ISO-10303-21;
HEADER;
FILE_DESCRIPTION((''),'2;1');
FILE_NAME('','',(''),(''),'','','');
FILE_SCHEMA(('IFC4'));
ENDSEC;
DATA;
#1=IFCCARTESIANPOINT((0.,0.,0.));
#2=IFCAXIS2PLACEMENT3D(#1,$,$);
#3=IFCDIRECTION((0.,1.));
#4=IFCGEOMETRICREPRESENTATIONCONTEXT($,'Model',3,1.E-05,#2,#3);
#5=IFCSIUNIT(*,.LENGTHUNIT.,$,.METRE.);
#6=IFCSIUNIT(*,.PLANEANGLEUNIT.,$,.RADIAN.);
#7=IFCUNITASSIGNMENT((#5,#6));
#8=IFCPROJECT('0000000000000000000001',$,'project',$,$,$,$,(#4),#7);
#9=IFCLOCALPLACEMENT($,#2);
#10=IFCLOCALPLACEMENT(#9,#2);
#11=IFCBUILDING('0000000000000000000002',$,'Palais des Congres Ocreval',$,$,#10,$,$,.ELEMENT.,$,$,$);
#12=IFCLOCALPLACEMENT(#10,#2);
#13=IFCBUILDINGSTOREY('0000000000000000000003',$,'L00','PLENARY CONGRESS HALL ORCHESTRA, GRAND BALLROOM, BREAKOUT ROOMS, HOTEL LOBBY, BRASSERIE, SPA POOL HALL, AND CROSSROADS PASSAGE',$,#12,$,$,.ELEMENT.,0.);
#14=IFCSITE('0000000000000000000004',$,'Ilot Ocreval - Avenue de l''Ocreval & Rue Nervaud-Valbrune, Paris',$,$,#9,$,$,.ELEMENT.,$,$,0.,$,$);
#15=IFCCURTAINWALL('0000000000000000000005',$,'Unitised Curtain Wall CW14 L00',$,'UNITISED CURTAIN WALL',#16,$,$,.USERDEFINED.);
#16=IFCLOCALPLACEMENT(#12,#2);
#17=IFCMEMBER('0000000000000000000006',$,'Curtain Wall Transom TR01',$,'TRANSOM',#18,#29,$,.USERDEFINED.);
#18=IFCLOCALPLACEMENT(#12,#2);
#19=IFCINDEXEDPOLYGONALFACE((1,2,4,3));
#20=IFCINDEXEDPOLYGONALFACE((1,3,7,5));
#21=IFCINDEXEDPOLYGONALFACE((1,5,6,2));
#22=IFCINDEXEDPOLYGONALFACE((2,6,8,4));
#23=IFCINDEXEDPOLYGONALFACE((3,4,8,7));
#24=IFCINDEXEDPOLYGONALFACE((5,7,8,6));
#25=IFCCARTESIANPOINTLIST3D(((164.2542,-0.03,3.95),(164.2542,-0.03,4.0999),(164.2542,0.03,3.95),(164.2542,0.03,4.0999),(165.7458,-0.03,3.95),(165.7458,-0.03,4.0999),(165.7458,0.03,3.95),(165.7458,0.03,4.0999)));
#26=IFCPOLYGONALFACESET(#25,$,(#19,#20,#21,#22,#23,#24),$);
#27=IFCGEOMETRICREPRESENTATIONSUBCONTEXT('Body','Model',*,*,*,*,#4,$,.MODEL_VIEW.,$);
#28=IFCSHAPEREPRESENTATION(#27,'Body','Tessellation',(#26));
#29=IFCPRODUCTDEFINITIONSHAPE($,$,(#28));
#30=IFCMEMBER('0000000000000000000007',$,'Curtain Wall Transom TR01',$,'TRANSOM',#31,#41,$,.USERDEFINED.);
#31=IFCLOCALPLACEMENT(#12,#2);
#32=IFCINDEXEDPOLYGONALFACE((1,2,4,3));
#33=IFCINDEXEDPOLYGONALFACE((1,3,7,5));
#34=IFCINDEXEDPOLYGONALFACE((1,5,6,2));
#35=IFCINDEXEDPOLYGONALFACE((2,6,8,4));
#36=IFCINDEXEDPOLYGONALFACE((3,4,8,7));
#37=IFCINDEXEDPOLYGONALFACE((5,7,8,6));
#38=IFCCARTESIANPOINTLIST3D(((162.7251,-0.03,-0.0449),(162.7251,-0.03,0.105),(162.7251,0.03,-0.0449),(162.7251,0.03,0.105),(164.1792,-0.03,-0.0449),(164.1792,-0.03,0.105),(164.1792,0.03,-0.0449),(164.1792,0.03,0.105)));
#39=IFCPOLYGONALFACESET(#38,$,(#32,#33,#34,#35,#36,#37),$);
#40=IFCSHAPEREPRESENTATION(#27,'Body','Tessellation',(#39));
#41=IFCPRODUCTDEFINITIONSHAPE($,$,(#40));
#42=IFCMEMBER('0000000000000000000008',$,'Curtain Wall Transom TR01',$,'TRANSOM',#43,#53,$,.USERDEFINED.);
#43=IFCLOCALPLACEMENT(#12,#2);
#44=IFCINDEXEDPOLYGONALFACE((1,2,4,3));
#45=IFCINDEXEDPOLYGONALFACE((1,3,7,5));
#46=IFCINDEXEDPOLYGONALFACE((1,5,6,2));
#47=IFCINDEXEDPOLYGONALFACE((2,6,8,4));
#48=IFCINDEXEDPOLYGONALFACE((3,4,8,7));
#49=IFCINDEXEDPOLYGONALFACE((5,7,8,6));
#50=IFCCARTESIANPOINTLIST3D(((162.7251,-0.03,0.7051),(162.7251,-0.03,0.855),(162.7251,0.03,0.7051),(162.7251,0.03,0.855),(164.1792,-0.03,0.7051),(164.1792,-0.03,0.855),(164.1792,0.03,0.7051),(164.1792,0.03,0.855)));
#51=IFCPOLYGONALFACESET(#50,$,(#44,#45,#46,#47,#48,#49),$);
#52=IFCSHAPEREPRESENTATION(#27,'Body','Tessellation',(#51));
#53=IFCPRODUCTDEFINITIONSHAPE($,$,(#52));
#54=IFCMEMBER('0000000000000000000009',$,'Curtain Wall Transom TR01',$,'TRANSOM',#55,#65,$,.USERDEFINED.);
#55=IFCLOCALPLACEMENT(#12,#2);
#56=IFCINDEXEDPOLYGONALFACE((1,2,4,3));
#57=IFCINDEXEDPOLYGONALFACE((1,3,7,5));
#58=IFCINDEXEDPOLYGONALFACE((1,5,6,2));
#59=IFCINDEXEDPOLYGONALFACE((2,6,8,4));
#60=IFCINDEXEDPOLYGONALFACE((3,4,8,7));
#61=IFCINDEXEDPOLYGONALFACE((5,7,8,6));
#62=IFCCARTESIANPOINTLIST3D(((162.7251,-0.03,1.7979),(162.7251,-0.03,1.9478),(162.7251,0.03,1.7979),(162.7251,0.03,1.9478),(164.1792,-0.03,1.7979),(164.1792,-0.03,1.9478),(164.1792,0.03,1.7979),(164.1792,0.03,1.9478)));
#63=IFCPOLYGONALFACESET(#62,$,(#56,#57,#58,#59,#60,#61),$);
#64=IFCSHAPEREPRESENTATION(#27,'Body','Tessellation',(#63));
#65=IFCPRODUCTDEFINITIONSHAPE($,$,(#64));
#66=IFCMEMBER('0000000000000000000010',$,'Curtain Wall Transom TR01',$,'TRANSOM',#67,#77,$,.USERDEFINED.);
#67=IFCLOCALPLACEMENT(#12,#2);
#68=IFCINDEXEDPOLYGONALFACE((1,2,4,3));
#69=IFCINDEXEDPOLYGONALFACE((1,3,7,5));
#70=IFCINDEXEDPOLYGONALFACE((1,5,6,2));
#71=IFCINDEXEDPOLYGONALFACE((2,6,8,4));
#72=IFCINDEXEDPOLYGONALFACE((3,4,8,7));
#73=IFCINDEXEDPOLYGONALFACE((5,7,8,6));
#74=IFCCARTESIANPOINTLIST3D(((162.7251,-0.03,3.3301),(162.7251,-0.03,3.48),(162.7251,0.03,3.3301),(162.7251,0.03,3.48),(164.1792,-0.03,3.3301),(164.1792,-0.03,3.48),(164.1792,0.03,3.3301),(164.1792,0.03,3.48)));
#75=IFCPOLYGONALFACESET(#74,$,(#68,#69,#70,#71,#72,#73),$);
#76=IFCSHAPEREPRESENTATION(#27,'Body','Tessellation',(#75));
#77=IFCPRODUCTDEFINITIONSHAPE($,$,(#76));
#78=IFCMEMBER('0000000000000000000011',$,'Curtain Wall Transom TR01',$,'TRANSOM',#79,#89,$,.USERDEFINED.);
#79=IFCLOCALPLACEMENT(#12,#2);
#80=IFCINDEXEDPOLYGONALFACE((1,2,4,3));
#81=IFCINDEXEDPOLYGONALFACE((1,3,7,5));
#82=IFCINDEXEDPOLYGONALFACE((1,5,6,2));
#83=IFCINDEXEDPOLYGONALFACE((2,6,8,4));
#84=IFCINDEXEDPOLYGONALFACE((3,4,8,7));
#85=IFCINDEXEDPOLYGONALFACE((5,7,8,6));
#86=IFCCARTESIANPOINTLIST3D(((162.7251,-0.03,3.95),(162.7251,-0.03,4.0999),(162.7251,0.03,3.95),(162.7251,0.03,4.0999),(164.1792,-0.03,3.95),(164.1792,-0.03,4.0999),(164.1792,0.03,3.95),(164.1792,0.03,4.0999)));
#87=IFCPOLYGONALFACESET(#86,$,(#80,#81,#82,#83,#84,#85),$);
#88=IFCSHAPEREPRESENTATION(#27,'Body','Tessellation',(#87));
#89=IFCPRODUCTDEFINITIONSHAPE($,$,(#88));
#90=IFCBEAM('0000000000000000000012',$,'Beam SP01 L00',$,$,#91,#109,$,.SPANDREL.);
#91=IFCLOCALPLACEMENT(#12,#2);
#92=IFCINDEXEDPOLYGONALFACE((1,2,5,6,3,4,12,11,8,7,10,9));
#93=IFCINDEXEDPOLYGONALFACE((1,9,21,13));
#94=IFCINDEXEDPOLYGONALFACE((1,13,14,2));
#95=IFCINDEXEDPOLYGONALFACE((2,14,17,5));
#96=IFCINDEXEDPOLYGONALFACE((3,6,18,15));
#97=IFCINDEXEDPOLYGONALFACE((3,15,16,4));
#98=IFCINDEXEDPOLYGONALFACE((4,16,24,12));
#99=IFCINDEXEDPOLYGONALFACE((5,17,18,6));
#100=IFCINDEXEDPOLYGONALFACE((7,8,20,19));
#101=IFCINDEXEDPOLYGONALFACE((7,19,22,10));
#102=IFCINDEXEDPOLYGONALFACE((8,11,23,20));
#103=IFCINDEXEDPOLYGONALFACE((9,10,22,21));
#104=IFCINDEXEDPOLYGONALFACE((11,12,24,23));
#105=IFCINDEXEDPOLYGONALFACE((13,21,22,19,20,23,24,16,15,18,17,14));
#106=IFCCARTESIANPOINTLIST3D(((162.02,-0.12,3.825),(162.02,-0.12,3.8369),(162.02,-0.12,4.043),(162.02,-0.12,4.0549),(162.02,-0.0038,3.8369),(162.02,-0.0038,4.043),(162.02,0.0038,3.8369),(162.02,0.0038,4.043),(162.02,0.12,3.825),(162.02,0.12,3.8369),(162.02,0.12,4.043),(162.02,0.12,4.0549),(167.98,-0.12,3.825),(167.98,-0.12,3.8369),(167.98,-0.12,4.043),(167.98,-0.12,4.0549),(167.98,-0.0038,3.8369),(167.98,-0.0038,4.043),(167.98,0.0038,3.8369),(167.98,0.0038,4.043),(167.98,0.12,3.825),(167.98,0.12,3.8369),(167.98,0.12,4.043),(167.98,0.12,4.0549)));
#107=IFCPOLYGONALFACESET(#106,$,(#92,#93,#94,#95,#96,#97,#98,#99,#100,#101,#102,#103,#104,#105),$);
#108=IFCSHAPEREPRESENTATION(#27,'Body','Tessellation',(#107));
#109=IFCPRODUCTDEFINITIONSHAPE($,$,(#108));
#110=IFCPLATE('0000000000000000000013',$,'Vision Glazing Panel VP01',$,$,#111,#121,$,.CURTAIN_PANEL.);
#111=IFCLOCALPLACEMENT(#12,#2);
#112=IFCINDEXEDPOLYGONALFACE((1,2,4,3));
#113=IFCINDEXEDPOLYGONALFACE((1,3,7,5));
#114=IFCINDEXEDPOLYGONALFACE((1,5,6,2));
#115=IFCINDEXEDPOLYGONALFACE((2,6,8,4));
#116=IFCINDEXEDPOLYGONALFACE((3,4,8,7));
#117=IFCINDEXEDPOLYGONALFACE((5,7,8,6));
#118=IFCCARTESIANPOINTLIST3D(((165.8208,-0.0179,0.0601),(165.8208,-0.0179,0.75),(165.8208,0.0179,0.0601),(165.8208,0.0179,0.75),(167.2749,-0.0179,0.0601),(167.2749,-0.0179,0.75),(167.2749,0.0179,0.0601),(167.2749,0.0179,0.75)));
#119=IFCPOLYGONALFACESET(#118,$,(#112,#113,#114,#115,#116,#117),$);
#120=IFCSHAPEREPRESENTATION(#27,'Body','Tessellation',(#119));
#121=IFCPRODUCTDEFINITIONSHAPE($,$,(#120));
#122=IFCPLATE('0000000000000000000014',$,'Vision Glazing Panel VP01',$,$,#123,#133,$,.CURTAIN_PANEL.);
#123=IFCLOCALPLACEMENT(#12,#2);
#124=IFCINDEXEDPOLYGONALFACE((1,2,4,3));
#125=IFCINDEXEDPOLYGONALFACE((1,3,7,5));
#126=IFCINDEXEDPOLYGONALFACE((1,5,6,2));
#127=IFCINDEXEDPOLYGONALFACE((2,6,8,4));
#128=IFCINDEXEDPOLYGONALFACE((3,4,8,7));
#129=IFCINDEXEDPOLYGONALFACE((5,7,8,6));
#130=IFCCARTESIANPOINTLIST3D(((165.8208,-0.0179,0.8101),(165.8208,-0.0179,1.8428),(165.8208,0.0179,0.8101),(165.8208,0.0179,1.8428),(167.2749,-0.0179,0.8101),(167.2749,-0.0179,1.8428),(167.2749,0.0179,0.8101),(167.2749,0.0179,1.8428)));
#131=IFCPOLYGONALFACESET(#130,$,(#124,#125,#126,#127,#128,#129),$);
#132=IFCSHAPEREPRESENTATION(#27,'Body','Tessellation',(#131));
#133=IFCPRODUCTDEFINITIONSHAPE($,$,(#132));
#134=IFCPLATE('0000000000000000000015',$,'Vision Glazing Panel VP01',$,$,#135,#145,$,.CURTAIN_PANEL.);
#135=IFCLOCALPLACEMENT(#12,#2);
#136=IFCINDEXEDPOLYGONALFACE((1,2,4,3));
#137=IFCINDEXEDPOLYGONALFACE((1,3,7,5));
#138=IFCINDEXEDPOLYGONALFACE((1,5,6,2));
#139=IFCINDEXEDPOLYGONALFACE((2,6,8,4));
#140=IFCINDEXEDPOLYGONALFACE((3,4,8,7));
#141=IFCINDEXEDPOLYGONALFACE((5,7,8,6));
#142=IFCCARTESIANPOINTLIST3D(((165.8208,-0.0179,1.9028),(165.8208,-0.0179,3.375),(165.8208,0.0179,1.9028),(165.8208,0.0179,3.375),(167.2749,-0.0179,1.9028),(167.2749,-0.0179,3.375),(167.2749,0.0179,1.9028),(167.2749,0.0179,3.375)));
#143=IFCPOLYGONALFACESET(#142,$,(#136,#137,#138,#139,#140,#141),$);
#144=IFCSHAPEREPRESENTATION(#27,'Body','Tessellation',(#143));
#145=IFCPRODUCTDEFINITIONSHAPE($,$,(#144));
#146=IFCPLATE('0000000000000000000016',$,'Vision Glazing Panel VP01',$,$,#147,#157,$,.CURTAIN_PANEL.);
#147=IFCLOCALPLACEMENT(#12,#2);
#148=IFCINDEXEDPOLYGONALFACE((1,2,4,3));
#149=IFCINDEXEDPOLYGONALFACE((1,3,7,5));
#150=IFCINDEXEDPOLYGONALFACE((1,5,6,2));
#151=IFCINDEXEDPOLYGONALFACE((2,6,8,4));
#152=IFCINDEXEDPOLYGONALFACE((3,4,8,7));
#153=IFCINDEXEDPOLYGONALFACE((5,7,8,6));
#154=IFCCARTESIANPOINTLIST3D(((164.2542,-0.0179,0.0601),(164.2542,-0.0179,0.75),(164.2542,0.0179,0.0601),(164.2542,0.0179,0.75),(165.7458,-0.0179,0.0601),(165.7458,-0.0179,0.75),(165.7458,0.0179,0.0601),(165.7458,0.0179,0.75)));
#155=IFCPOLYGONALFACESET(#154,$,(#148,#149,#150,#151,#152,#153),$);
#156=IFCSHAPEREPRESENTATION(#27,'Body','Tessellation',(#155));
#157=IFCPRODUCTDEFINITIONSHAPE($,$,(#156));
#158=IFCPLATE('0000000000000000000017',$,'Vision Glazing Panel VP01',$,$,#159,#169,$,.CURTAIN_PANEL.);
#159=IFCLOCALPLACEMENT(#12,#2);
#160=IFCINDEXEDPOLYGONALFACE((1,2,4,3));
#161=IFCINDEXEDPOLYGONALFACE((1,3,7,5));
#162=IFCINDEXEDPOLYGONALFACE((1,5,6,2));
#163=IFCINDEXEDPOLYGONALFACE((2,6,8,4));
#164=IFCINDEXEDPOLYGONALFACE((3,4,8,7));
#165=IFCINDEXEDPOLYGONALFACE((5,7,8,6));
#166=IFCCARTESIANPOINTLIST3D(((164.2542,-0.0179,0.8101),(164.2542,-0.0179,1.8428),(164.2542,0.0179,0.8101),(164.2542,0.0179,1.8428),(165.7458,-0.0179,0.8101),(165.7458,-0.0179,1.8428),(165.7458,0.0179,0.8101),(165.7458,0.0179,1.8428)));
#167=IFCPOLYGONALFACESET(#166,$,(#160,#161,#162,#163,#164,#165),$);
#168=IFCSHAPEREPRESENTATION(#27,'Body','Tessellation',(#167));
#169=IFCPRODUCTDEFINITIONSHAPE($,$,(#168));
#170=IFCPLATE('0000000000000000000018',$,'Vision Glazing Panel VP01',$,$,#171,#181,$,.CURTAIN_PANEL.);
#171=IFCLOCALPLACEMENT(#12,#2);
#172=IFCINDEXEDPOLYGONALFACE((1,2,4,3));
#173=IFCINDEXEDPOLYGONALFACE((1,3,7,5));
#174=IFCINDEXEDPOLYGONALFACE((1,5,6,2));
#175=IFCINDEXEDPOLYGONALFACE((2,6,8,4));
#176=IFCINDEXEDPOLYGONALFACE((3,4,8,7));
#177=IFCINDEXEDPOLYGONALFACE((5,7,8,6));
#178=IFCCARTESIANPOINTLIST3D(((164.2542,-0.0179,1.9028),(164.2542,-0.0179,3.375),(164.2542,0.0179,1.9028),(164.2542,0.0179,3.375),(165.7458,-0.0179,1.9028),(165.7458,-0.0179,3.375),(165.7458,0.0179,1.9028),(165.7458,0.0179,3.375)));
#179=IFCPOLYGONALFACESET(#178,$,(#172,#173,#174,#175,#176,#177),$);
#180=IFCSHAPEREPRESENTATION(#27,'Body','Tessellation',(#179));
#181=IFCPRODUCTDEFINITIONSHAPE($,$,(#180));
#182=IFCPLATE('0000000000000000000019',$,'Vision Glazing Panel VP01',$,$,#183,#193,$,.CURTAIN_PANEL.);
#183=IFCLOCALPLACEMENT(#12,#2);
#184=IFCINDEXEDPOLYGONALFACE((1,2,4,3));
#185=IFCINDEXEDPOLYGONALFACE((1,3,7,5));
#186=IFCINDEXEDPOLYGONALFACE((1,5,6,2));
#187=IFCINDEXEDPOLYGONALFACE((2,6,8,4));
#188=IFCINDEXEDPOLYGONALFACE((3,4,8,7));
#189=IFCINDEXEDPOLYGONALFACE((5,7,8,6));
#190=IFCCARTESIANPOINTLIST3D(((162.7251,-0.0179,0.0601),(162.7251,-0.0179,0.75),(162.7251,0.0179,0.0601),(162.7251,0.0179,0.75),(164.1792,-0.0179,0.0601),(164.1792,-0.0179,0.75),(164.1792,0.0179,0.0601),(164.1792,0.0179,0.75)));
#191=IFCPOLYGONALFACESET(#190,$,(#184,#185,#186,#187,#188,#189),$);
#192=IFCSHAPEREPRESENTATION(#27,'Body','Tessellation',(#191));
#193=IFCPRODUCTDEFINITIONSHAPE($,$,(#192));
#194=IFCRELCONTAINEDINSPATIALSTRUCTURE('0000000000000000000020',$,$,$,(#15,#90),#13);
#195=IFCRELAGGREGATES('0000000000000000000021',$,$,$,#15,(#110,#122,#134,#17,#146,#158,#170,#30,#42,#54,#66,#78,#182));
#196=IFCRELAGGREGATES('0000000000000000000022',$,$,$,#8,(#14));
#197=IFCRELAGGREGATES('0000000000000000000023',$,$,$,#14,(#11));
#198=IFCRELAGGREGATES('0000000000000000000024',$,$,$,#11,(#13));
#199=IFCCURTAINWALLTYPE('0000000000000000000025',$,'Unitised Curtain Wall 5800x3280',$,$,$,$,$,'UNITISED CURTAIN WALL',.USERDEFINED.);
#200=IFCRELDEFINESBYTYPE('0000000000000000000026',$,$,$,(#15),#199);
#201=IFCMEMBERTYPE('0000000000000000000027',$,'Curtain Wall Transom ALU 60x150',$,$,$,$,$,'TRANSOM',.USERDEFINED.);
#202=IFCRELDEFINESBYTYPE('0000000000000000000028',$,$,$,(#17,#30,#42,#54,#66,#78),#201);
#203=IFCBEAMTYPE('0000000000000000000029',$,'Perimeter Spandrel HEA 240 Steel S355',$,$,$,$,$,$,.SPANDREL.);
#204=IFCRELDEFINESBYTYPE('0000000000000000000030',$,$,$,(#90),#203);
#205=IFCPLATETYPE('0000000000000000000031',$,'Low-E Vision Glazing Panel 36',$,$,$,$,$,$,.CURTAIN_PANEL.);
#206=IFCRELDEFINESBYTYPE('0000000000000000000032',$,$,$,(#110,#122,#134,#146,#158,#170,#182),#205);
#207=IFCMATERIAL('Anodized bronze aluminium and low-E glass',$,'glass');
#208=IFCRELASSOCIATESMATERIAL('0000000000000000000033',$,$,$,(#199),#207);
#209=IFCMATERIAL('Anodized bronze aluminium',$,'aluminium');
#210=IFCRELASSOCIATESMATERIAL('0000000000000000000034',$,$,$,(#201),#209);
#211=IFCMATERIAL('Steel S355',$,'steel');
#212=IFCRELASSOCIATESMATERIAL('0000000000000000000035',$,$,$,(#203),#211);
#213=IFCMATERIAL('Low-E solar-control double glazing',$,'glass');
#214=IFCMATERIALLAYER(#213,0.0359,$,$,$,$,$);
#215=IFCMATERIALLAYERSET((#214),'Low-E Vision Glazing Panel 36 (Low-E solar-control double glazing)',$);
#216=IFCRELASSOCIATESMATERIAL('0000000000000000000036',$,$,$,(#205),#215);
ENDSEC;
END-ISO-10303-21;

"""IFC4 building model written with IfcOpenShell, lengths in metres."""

from ifc_helpers import new_model, si_unit, direction, frame, origin, origin_2d, place, context, subcontext, project, spatial, rectangle, i_section, extrude, material, layer, layer_set, material_profile, profile_set, type_object, element, aggregate, save


model = new_model("IFC4")

# Units and contexts
model_context = context("Model", 3, precision=1e-05, world=origin(), true_north=direction((0.0, 1.0)))
body_context = subcontext(model_context, "Body", "Model", "MODEL_VIEW")
ifc_project = project(units=[si_unit("LENGTHUNIT", "METRE"), si_unit("PLANEANGLEUNIT", "RADIAN")], contexts=[model_context])

# Site, building, storey
site_placement = place(None, origin())
site = spatial("IfcSite", under=ifc_project, at=site_placement, Name="Ilot Ocreval - Avenue de l'Ocreval & Rue Nervaud-Valbrune, Paris", CompositionType="ELEMENT", RefElevation=0.0)
building_placement = place(site_placement, origin())
building = spatial("IfcBuilding", under=site, at=building_placement, Name="Palais des Congres Ocreval", CompositionType="ELEMENT")
storey_placement = place(building_placement, origin())
storey = spatial("IfcBuildingStorey", under=building, at=storey_placement, Name="L00", Description="PLENARY CONGRESS HALL ORCHESTRA, GRAND BALLROOM, BREAKOUT ROOMS, HOTEL LOBBY, BRASSERIE, SPA POOL HALL, AND CROSSROADS PASSAGE", CompositionType="ELEMENT", Elevation=0.0)

# Shared definitions
ifc_material_1 = material(Name="Steel S355", Category="steel")

# Curtain wall, members
ifc_material_2 = material(Name="Anodized bronze aluminium and low-E glass", Category="glass")
curtain_wall_type = type_object("IfcCurtainWallType", Name="Unitised Curtain Wall 5800x3280", ElementType="UNITISED CURTAIN WALL", PredefinedType="USERDEFINED", material=ifc_material_2)
curtain_wall_placement = place(storey_placement, origin())
curtain_wall = element("IfcCurtainWall", 1, at=curtain_wall_placement, inside=storey, type_object=curtain_wall_type, Name="Unitised Curtain Wall CW14 L00", ObjectType="UNITISED CURTAIN WALL", PredefinedType="USERDEFINED")
ifc_material_3 = material(Name="Anodized bronze aluminium", Category="aluminium")
ifc_material_profile_1 = material_profile(ifc_material_3, rectangle(XDim=0.0601, YDim=0.1499, at=origin_2d()), Name="ALU 60x150")
ifc_profile_set_1 = profile_set([ifc_material_profile_1], Name="Anodized bronze aluminium")
member_type_1 = type_object("IfcMemberType", Name="Curtain Wall Transom ALU 60x150", ElementType="TRANSOM", PredefinedType="USERDEFINED", material=ifc_profile_set_1)
member_1_placement = place(storey_placement, frame((165.7458, 0.0, 4.0249), z_axis=(-1.0, 0.0, 0.0), x_axis=(0.0, -1.0, 0.0)))
member_1 = element("IfcMember", 2, at=member_1_placement, type_object=member_type_1, Name="Curtain Wall Transom TR01", ObjectType="TRANSOM", PredefinedType="USERDEFINED", context=body_context, shape_type="SweptSolid", body=[
    extrude(rectangle(XDim=0.0601, YDim=0.1499, at=origin_2d()), origin(), (0.0, 0.0, 1.0), 1.4917),
])
member_2_placement = place(storey_placement, frame((164.1792, 0.0, 0.03), z_axis=(-1.0, 0.0, 0.0), x_axis=(0.0, -1.0, 0.0)))
member_2 = element("IfcMember", 3, at=member_2_placement, type_object=member_type_1, Name="Curtain Wall Transom TR01", ObjectType="TRANSOM", PredefinedType="USERDEFINED", context=body_context, shape_type="SweptSolid", body=[
    extrude(rectangle(XDim=0.0601, YDim=0.1499, at=origin_2d()), origin(), (0.0, 0.0, 1.0), 1.4541),
])
member_3_placement = place(storey_placement, frame((164.1792, 0.0, 0.78), z_axis=(-1.0, 0.0, 0.0), x_axis=(0.0, -1.0, 0.0)))
member_3 = element("IfcMember", 4, at=member_3_placement, type_object=member_type_1, Name="Curtain Wall Transom TR01", ObjectType="TRANSOM", PredefinedType="USERDEFINED", context=body_context, shape_type="SweptSolid", body=[
    extrude(rectangle(XDim=0.0601, YDim=0.1499, at=origin_2d()), origin(), (0.0, 0.0, 1.0), 1.4541),
])
member_4_placement = place(storey_placement, frame((164.1792, 0.0, 1.8728), z_axis=(-1.0, 0.0, 0.0), x_axis=(0.0, -1.0, 0.0)))
member_4 = element("IfcMember", 5, at=member_4_placement, type_object=member_type_1, Name="Curtain Wall Transom TR01", ObjectType="TRANSOM", PredefinedType="USERDEFINED", context=body_context, shape_type="SweptSolid", body=[
    extrude(rectangle(XDim=0.0601, YDim=0.1499, at=origin_2d()), origin(), (0.0, 0.0, 1.0), 1.4541),
])
member_5_placement = place(storey_placement, frame((164.1792, 0.0, 3.405), z_axis=(-1.0, 0.0, 0.0), x_axis=(0.0, -1.0, 0.0)))
member_5 = element("IfcMember", 6, at=member_5_placement, type_object=member_type_1, Name="Curtain Wall Transom TR01", ObjectType="TRANSOM", PredefinedType="USERDEFINED", context=body_context, shape_type="SweptSolid", body=[
    extrude(rectangle(XDim=0.0601, YDim=0.1499, at=origin_2d()), origin(), (0.0, 0.0, 1.0), 1.4541),
])
member_6_placement = place(storey_placement, frame((164.1792, 0.0, 4.0249), z_axis=(-1.0, 0.0, 0.0), x_axis=(0.0, -1.0, 0.0)))
member_6 = element("IfcMember", 7, at=member_6_placement, type_object=member_type_1, Name="Curtain Wall Transom TR01", ObjectType="TRANSOM", PredefinedType="USERDEFINED", context=body_context, shape_type="SweptSolid", body=[
    extrude(rectangle(XDim=0.0601, YDim=0.1499, at=origin_2d()), origin(), (0.0, 0.0, 1.0), 1.4541),
])

# Beam
ifc_material_profile_2 = material_profile(ifc_material_1, i_section(OverallWidth=0.24, OverallDepth=0.23, WebThickness=0.0076, FlangeThickness=0.012, at=origin_2d()), Name="HEA 240")
ifc_profile_set_2 = profile_set([ifc_material_profile_2], Name="Steel S355")
beam_type = type_object("IfcBeamType", Name="Perimeter Spandrel HEA 240 Steel S355", PredefinedType="SPANDREL", material=ifc_profile_set_2)
beam_placement = place(storey_placement, frame((162.02, 0.0, 3.9399), z_axis=(1.0, 0.0, 0.0), x_axis=(0.0, 1.0, 0.0)))
element("IfcBeam", 8, at=beam_placement, inside=storey, type_object=beam_type, Name="Beam SP01 L00", PredefinedType="SPANDREL", context=body_context, shape_type="SweptSolid", body=[
    extrude(i_section(OverallWidth=0.24, OverallDepth=0.23, WebThickness=0.0076, FlangeThickness=0.012, at=origin_2d()), origin(), (0.0, 0.0, 1.0), 5.96),
])

# Plates
ifc_material_4 = material(Name="Low-E solar-control double glazing", Category="glass")
ifc_layer_1 = layer(ifc_material_4, 0.0359)
ifc_layer_set_1 = layer_set([ifc_layer_1], Name="Low-E Vision Glazing Panel 36 (Low-E solar-control double glazing)")
plate_type_1 = type_object("IfcPlateType", Name="Low-E Vision Glazing Panel 36", PredefinedType="CURTAIN_PANEL", material=ifc_layer_set_1)
plate_1_placement = place(storey_placement, frame((166.5479, 0.0, 0.0601), z_axis=(0.0, 0.0, 1.0), x_axis=(-1.0, 0.0, 0.0)))
plate_1 = element("IfcPlate", 9, at=plate_1_placement, type_object=plate_type_1, Name="Vision Glazing Panel VP01", PredefinedType="CURTAIN_PANEL", context=body_context, shape_type="SweptSolid", body=[
    extrude(rectangle(XDim=1.4541, YDim=0.0359, at=origin_2d()), origin(), (0.0, 0.0, 1.0), 0.6899),
])
plate_2_placement = place(storey_placement, frame((166.5479, 0.0, 0.8101), z_axis=(0.0, 0.0, 1.0), x_axis=(-1.0, 0.0, 0.0)))
plate_2 = element("IfcPlate", 10, at=plate_2_placement, type_object=plate_type_1, Name="Vision Glazing Panel VP01", PredefinedType="CURTAIN_PANEL", context=body_context, shape_type="SweptSolid", body=[
    extrude(rectangle(XDim=1.4541, YDim=0.0359, at=origin_2d()), origin(), (0.0, 0.0, 1.0), 1.0327),
])
plate_3_placement = place(storey_placement, frame((166.5479, 0.0, 1.9028), z_axis=(0.0, 0.0, 1.0), x_axis=(-1.0, 0.0, 0.0)))
plate_3 = element("IfcPlate", 11, at=plate_3_placement, type_object=plate_type_1, Name="Vision Glazing Panel VP01", PredefinedType="CURTAIN_PANEL", context=body_context, shape_type="SweptSolid", body=[
    extrude(rectangle(XDim=1.4541, YDim=0.0359, at=origin_2d()), origin(), (0.0, 0.0, 1.0), 1.4722),
])
plate_4_placement = place(storey_placement, frame((165.0, 0.0, 0.0601), z_axis=(0.0, 0.0, 1.0), x_axis=(-1.0, 0.0, 0.0)))
plate_4 = element("IfcPlate", 12, at=plate_4_placement, type_object=plate_type_1, Name="Vision Glazing Panel VP01", PredefinedType="CURTAIN_PANEL", context=body_context, shape_type="SweptSolid", body=[
    extrude(rectangle(XDim=1.4917, YDim=0.0359, at=origin_2d()), origin(), (0.0, 0.0, 1.0), 0.6899),
])
plate_5_placement = place(storey_placement, frame((165.0, 0.0, 0.8101), z_axis=(0.0, 0.0, 1.0), x_axis=(-1.0, 0.0, 0.0)))
plate_5 = element("IfcPlate", 13, at=plate_5_placement, type_object=plate_type_1, Name="Vision Glazing Panel VP01", PredefinedType="CURTAIN_PANEL", context=body_context, shape_type="SweptSolid", body=[
    extrude(rectangle(XDim=1.4917, YDim=0.0359, at=origin_2d()), origin(), (0.0, 0.0, 1.0), 1.0327),
])
plate_6_placement = place(storey_placement, frame((165.0, 0.0, 1.9028), z_axis=(0.0, 0.0, 1.0), x_axis=(-1.0, 0.0, 0.0)))
plate_6 = element("IfcPlate", 14, at=plate_6_placement, type_object=plate_type_1, Name="Vision Glazing Panel VP01", PredefinedType="CURTAIN_PANEL", context=body_context, shape_type="SweptSolid", body=[
    extrude(rectangle(XDim=1.4917, YDim=0.0359, at=origin_2d()), origin(), (0.0, 0.0, 1.0), 1.4722),
])
plate_7_placement = place(storey_placement, frame((163.4521, 0.0, 0.0601), z_axis=(0.0, 0.0, 1.0), x_axis=(-1.0, 0.0, 0.0)))
plate_7 = element("IfcPlate", 15, at=plate_7_placement, type_object=plate_type_1, Name="Vision Glazing Panel VP01", PredefinedType="CURTAIN_PANEL", context=body_context, shape_type="SweptSolid", body=[
    extrude(rectangle(XDim=1.4541, YDim=0.0359, at=origin_2d()), origin(), (0.0, 0.0, 1.0), 0.6899),
])
aggregate(curtain_wall, [plate_1, plate_2, plate_3, member_1, plate_4, plate_5, plate_6, member_2, member_3, member_4, member_5, member_6, plate_7])

save(model, "model.ifc")
